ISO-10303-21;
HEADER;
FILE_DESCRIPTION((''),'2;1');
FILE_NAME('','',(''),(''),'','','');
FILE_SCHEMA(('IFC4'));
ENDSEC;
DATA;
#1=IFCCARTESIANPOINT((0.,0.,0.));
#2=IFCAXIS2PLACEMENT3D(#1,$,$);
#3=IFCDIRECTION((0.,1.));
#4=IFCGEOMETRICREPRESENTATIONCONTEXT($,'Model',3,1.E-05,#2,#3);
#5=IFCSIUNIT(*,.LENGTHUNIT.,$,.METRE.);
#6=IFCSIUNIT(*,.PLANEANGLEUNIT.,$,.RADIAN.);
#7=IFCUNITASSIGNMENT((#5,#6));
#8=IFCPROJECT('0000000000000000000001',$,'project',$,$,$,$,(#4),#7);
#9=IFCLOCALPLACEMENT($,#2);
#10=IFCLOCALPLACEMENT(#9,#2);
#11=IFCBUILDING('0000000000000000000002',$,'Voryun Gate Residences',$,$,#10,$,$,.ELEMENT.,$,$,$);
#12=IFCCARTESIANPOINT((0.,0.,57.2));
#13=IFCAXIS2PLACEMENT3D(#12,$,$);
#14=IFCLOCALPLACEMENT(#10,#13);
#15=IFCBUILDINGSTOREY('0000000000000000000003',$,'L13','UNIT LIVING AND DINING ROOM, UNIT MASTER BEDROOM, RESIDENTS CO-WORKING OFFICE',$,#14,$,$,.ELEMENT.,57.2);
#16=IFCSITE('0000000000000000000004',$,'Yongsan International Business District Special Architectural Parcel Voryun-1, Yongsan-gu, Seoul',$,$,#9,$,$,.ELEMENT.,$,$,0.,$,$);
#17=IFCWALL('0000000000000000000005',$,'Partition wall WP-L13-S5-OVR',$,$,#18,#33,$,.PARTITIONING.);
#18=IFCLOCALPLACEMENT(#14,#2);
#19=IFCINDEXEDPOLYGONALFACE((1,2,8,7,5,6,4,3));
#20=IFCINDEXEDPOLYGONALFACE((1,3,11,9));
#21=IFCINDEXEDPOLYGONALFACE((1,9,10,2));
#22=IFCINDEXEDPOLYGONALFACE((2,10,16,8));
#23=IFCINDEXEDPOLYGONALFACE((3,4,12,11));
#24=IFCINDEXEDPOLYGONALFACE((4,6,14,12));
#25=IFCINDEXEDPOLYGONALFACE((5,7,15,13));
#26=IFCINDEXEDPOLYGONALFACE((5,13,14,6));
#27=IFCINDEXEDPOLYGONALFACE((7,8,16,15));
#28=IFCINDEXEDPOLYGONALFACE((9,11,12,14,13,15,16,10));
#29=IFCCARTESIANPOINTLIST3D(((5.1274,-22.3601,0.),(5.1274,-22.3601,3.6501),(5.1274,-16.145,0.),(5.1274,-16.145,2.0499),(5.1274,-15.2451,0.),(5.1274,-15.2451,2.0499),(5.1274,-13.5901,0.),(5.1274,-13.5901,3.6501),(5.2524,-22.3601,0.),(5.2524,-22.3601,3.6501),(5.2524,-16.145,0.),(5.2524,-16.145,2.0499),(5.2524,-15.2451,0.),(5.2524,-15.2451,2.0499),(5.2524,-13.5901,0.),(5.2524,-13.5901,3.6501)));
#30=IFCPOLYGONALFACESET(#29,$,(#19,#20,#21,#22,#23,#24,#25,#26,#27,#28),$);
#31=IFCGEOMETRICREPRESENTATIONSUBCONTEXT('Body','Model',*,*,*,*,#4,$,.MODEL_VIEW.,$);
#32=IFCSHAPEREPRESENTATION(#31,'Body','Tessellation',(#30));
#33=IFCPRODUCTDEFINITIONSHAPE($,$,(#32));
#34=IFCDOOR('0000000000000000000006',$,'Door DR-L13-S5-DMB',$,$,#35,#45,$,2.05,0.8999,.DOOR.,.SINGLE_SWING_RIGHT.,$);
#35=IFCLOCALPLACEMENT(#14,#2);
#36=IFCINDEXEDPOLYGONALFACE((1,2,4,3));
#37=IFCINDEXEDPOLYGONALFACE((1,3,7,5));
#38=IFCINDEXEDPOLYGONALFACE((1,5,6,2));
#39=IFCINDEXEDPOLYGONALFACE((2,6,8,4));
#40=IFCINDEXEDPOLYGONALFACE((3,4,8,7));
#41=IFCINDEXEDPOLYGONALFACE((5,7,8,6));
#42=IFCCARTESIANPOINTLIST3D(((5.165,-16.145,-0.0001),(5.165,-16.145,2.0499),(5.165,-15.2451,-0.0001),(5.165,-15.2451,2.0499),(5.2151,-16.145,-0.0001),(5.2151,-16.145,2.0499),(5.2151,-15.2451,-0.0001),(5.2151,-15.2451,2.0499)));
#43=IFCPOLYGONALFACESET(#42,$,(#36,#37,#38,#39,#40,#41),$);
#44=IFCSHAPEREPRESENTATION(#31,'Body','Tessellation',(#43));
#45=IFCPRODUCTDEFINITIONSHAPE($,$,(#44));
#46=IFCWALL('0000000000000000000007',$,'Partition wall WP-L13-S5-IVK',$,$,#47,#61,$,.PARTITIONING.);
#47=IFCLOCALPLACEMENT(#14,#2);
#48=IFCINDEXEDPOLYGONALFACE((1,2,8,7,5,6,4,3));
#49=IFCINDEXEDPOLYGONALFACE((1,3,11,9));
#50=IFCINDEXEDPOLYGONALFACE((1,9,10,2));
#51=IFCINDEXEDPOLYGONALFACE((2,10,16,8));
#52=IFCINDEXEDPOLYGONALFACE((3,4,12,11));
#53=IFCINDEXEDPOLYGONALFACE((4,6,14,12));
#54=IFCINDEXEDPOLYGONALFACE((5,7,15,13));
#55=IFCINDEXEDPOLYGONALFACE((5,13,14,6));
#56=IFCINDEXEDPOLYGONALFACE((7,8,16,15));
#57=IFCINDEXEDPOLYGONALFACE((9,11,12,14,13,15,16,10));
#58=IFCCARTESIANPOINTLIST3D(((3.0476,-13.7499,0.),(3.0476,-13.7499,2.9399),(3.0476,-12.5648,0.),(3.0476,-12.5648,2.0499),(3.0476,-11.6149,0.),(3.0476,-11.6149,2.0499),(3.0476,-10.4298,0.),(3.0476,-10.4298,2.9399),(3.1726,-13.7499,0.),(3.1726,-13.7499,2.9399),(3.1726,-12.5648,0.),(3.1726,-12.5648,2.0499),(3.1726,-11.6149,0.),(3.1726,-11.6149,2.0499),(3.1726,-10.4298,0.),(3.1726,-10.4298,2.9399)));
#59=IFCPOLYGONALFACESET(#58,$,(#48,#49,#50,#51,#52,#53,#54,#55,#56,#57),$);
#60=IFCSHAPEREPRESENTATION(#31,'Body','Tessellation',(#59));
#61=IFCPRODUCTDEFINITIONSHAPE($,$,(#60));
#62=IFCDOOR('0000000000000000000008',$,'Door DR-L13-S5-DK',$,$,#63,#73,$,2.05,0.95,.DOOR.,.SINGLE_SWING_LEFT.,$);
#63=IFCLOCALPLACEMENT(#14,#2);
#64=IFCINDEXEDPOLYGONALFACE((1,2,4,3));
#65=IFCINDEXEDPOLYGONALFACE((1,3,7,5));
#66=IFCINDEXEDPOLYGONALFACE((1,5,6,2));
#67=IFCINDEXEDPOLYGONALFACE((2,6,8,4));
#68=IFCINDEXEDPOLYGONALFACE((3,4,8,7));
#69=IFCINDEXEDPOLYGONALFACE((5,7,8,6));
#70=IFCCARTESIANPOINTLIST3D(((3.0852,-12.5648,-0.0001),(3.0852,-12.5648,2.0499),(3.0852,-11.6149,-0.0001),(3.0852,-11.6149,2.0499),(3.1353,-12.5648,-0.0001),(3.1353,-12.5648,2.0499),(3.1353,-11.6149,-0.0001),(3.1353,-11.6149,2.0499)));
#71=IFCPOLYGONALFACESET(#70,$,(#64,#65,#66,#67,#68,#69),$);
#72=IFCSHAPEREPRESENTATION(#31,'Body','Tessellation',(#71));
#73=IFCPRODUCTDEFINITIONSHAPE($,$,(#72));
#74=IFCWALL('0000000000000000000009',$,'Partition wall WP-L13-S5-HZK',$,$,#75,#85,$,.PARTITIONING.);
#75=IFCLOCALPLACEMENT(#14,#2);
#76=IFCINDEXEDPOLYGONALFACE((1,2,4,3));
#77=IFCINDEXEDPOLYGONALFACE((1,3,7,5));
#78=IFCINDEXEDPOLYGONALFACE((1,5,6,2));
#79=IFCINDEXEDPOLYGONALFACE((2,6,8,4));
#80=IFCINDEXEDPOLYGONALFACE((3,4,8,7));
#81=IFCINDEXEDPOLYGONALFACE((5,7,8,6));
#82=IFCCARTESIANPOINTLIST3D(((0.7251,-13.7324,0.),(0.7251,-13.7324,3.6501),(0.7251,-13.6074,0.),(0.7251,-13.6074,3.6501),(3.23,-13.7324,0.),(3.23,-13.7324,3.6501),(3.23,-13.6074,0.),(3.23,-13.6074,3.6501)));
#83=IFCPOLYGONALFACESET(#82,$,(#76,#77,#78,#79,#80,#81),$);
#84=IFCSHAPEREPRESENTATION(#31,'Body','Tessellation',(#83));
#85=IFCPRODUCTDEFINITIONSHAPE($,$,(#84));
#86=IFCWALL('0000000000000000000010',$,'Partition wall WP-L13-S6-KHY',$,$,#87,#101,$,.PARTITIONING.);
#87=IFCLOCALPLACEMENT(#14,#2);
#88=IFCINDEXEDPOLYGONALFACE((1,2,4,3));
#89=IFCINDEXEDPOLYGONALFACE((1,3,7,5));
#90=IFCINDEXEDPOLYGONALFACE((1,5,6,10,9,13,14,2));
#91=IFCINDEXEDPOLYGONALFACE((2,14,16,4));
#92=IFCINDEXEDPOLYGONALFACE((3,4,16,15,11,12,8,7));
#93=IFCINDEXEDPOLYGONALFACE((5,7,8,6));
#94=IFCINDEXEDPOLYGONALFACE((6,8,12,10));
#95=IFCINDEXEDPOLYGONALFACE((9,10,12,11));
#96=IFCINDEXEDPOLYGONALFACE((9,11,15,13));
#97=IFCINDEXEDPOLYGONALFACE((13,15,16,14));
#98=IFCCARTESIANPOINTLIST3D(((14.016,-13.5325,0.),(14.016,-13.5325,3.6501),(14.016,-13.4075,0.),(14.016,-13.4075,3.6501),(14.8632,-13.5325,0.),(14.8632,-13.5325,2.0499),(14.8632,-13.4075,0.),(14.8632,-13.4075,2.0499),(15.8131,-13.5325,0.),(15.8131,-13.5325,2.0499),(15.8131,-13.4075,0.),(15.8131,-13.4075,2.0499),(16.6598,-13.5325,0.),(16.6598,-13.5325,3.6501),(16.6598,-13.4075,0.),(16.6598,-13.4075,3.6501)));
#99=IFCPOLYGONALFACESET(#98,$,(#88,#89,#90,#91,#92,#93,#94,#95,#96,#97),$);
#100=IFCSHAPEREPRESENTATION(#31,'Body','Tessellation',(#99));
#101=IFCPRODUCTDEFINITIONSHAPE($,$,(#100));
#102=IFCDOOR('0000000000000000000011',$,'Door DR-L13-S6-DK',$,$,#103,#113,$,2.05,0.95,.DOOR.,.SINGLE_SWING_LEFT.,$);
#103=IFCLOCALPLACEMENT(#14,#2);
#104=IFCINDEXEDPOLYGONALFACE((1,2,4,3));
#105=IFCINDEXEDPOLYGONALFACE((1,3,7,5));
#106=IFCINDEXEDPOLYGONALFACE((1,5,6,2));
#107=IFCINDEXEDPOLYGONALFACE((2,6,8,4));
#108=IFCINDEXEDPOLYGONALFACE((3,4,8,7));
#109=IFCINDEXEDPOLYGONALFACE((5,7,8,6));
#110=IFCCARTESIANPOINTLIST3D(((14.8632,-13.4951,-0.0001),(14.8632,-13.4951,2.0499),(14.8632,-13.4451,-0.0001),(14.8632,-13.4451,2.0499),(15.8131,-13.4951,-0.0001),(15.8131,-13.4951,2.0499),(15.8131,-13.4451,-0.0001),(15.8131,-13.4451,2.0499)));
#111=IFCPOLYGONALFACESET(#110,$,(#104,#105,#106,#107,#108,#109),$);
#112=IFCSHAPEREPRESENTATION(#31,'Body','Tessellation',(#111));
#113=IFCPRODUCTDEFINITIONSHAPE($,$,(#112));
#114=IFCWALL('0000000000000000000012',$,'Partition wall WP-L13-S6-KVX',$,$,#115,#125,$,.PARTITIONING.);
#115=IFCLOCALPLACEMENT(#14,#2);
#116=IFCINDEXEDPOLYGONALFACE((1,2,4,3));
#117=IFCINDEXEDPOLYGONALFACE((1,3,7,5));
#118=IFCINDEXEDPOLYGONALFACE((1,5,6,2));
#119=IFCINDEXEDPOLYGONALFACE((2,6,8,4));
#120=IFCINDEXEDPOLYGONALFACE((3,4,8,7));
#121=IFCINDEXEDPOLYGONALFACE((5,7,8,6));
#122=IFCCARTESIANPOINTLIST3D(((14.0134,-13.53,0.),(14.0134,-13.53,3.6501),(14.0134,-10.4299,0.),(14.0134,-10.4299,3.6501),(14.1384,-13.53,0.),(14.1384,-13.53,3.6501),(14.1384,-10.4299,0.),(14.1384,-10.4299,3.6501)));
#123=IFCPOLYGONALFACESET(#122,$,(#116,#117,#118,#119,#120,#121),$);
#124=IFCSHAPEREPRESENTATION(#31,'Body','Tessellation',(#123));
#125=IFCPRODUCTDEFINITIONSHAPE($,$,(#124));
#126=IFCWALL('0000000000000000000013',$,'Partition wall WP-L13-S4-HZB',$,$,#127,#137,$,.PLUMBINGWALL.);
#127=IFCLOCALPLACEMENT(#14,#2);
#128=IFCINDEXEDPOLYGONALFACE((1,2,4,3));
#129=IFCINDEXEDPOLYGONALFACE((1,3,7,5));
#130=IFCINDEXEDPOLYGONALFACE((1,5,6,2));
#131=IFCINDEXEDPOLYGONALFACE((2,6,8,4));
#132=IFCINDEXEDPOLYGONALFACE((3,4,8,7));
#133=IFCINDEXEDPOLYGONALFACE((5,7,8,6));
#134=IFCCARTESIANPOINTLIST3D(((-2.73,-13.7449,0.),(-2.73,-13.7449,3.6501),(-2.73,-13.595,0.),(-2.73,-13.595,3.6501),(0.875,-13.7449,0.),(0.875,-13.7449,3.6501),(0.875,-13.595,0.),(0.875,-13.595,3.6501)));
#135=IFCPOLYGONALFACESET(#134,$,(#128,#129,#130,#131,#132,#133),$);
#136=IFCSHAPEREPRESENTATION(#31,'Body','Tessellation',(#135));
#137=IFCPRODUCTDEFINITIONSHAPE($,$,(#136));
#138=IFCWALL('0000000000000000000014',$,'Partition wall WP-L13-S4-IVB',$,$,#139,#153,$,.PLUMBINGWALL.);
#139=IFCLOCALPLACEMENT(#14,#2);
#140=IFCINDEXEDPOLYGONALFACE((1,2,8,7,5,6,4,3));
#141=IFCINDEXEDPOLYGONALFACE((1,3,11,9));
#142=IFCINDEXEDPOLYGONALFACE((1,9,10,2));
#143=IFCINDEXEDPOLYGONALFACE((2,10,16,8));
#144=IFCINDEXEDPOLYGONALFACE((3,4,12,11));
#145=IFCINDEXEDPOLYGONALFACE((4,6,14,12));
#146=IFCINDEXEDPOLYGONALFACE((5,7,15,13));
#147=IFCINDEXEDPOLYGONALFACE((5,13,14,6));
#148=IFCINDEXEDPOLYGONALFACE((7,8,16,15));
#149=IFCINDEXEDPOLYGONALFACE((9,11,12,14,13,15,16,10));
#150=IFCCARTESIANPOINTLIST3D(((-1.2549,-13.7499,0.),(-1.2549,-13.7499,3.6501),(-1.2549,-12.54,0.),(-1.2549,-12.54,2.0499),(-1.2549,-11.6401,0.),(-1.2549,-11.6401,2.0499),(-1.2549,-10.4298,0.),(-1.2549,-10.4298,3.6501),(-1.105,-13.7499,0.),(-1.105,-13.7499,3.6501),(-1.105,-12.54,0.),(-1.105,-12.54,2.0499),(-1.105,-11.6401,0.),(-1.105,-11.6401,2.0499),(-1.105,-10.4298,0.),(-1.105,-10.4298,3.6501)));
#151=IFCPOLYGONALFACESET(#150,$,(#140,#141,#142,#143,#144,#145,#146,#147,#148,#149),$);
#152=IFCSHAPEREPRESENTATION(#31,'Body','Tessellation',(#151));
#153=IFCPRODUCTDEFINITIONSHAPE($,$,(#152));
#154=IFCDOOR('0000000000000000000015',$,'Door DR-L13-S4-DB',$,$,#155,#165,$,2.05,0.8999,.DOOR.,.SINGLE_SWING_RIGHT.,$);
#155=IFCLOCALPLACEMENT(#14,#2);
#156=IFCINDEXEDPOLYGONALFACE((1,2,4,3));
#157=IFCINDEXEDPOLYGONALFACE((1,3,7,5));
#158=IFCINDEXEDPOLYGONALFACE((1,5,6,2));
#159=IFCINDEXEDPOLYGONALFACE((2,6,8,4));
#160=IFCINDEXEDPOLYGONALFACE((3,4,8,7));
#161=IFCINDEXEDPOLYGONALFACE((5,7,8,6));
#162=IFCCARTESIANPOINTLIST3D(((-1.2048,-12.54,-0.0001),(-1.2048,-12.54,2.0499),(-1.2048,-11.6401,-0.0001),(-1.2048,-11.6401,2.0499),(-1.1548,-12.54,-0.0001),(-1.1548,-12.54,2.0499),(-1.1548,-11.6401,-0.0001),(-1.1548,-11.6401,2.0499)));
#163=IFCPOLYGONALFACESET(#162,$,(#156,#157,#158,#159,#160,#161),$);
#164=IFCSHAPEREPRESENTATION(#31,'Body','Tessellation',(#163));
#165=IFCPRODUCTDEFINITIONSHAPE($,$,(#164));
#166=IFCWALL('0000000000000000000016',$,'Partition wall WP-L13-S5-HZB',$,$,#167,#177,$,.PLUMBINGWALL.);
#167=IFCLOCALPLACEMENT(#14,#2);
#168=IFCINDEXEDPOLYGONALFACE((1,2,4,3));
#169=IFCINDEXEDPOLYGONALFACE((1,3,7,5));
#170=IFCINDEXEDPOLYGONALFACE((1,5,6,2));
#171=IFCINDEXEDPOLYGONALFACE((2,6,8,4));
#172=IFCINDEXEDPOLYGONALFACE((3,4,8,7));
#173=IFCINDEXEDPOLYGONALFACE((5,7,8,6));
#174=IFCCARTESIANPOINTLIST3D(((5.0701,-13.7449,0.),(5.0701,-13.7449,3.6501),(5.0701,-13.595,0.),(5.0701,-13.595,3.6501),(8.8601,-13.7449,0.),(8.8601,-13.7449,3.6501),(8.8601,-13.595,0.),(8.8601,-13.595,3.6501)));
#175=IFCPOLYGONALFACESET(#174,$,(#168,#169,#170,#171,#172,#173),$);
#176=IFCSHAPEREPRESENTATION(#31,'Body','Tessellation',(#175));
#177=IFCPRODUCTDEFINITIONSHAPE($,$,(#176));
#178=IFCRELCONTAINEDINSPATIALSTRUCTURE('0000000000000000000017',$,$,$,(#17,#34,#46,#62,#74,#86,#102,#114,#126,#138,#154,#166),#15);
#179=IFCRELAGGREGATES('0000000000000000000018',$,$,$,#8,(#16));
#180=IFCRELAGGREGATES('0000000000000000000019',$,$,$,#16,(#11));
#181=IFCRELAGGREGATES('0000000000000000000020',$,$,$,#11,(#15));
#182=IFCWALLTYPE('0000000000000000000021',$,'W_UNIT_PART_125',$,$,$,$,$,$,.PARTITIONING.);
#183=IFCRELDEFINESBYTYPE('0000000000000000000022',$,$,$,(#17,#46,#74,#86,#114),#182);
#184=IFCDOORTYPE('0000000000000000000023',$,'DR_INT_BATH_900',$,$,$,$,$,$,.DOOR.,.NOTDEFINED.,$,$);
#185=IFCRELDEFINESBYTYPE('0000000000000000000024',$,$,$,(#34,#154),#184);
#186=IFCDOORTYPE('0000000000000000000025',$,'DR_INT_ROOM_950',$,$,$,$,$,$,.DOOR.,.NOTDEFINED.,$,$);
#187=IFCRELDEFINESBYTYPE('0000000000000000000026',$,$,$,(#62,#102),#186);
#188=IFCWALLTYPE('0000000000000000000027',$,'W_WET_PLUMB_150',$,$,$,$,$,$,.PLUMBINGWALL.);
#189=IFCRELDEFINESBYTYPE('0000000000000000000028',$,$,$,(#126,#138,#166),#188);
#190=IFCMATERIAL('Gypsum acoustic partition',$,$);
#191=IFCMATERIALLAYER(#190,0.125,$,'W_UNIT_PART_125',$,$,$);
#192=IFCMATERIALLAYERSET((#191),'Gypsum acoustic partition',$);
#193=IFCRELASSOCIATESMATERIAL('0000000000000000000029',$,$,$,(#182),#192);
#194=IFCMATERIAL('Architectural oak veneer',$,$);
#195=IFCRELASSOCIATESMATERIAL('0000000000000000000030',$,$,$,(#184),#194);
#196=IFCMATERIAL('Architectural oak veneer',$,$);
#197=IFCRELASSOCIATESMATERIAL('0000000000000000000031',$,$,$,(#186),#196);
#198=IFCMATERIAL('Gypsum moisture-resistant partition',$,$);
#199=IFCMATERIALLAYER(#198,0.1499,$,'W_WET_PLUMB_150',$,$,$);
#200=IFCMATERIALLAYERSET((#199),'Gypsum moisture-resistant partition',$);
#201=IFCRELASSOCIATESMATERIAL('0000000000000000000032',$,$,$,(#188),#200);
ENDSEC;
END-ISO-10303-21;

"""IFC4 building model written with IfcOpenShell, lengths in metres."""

from ifc_helpers import new_model, si_unit, direction, frame, frame_2d, origin, place, context, subcontext, project, spatial, rectangle, extrude, material, layer, layer_set, type_object, element, fill, save


model = new_model("IFC4")

# Units and contexts
model_context = context("Model", 3, precision=1e-05, world=origin(), true_north=direction((0.0, 1.0)))
body_context = subcontext(model_context, "Body", "Model", "MODEL_VIEW")
ifc_project = project(units=[si_unit("LENGTHUNIT", "METRE"), si_unit("PLANEANGLEUNIT", "RADIAN")], contexts=[model_context])

# Site, building, storey
site_placement = place(None, origin())
site = spatial("IfcSite", under=ifc_project, at=site_placement, Name="Yongsan International Business District Special Architectural Parcel Voryun-1, Yongsan-gu, Seoul", CompositionType="ELEMENT", RefElevation=0.0)
building_placement = place(site_placement, origin())
building = spatial("IfcBuilding", under=site, at=building_placement, Name="Voryun Gate Residences", CompositionType="ELEMENT")
storey_placement = place(building_placement, frame((0.0, 0.0, 57.2)))
storey = spatial("IfcBuildingStorey", under=building, at=storey_placement, Name="L13", Description="UNIT LIVING AND DINING ROOM, UNIT MASTER BEDROOM, RESIDENTS CO-WORKING OFFICE", CompositionType="ELEMENT", Elevation=57.2)

# Walls, openings, doors
ifc_material_1 = material(Name="Gypsum acoustic partition")
ifc_layer_1 = layer(ifc_material_1, 0.125, Name="W_UNIT_PART_125")
ifc_layer_set_1 = layer_set([ifc_layer_1], Name="Gypsum acoustic partition")
wall_type_1 = type_object("IfcWallType", Name="W_UNIT_PART_125", PredefinedType="PARTITIONING", material=ifc_layer_set_1)
ifc_material_2 = material(Name="Architectural oak veneer")
door_type_1 = type_object("IfcDoorType", Name="DR_INT_BATH_900", OperationType="NOTDEFINED", PredefinedType="DOOR", material=ifc_material_2)
wall_1_placement = place(storey_placement, frame((5.1899, -22.3601, 0.0), z_axis=(0.0, 0.0, 1.0), x_axis=(0.0, 1.0, 0.0)))
wall_1 = element("IfcWall", 1, at=wall_1_placement, inside=storey, type_object=wall_type_1, Name="Partition wall WP-L13-S5-OVR", PredefinedType="PARTITIONING", context=body_context, shape_type="SweptSolid", body=[
    extrude(rectangle(XDim=8.77, YDim=0.125, at=frame_2d((4.385, 0.0))), origin(), (0.0, 0.0, 1.0), 3.6501),
])
opening_1_placement = place(wall_1_placement, frame((6.2151, 0.0, 0.0)))
opening_1 = element("IfcOpeningElement", 2, at=opening_1_placement, cuts=wall_1, PredefinedType="OPENING", context=body_context, shape_type="SweptSolid", body=[
    extrude(rectangle(XDim=0.8999, YDim=2.05, at=frame_2d((0.45, 1.0249))), frame((0.0, 0.0725, 0.0), z_axis=(0.0, -1.0, 0.0), x_axis=(1.0, 0.0, 0.0)), (0.0, 0.0, 1.0), 0.145),
])
door_1_placement = place(opening_1_placement, origin())
door_1 = element("IfcDoor", 3, at=door_1_placement, inside=storey, type_object=door_type_1, Name="Door DR-L13-S5-DMB", OperationType="SINGLE_SWING_RIGHT", OverallHeight=2.05, OverallWidth=0.8999, PredefinedType="DOOR", context=body_context, shape_type="SweptSolid", body=[
    extrude(rectangle(XDim=0.8999, YDim=2.05, at=frame_2d((0.45, 1.0249))), frame((0.0, 0.0249, 0.0), z_axis=(0.0, -1.0, 0.0), x_axis=(1.0, 0.0, 0.0)), (0.0, 0.0, 1.0), 0.05),
])
fill(opening_1, door_1)
wall_2_placement = place(storey_placement, frame((3.1101, -13.75, 0.0), z_axis=(0.0, 0.0, 1.0), x_axis=(0.0, 1.0, 0.0)))
wall_2 = element("IfcWall", 4, at=wall_2_placement, inside=storey, type_object=wall_type_1, Name="Partition wall WP-L13-S5-IVK", PredefinedType="PARTITIONING", context=body_context, shape_type="SweptSolid", body=[
    extrude(rectangle(XDim=3.3201, YDim=0.125, at=frame_2d((1.6602, 0.0))), origin(), (0.0, 0.0, 1.0), 2.9399),
])
opening_2_placement = place(wall_2_placement, frame((1.1851, 0.0, 0.0)))
opening_2 = element("IfcOpeningElement", 5, at=opening_2_placement, cuts=wall_2, PredefinedType="OPENING", context=body_context, shape_type="SweptSolid", body=[
    extrude(rectangle(XDim=0.95, YDim=2.05, at=frame_2d((0.4751, 1.0249))), frame((0.0, 0.0725, 0.0), z_axis=(0.0, -1.0, 0.0), x_axis=(1.0, 0.0, 0.0)), (0.0, 0.0, 1.0), 0.145),
])
ifc_material_3 = material(Name="Architectural oak veneer")
door_type_2 = type_object("IfcDoorType", Name="DR_INT_ROOM_950", OperationType="NOTDEFINED", PredefinedType="DOOR", material=ifc_material_3)
door_2_placement = place(opening_2_placement, origin())
door_2 = element("IfcDoor", 6, at=door_2_placement, inside=storey, type_object=door_type_2, Name="Door DR-L13-S5-DK", OperationType="SINGLE_SWING_LEFT", OverallHeight=2.05, OverallWidth=0.95, PredefinedType="DOOR", context=body_context, shape_type="SweptSolid", body=[
    extrude(rectangle(XDim=0.95, YDim=2.05, at=frame_2d((0.4751, 1.0249))), frame((0.0, 0.0249, 0.0), z_axis=(0.0, -1.0, 0.0), x_axis=(1.0, 0.0, 0.0)), (0.0, 0.0, 1.0), 0.05),
])
fill(opening_2, door_2)

# Wall
wall_3_placement = place(storey_placement, frame((0.7251, -13.6699, 0.0), z_axis=(0.0, 0.0, 1.0), x_axis=(1.0, 0.0, 0.0)))
element("IfcWall", 7, at=wall_3_placement, inside=storey, type_object=wall_type_1, Name="Partition wall WP-L13-S5-HZK", PredefinedType="PARTITIONING", context=body_context, shape_type="SweptSolid", body=[
    extrude(rectangle(XDim=2.5049, YDim=0.125, at=frame_2d((1.2524, 0.0))), origin(), (0.0, 0.0, 1.0), 3.6501),
])

# Wall, opening, door
wall_4_placement = place(storey_placement, frame((14.0161, -13.47, 0.0), z_axis=(0.0, 0.0, 1.0), x_axis=(1.0, 0.0, 0.0)))
wall_4 = element("IfcWall", 8, at=wall_4_placement, inside=storey, type_object=wall_type_1, Name="Partition wall WP-L13-S6-KHY", PredefinedType="PARTITIONING", context=body_context, shape_type="SweptSolid", body=[
    extrude(rectangle(XDim=2.6438, YDim=0.125, at=frame_2d((1.3218, 0.0))), origin(), (0.0, 0.0, 1.0), 3.6501),
])
opening_3_placement = place(wall_4_placement, frame((0.8469, 0.0, 0.0)))
opening_3 = element("IfcOpeningElement", 9, at=opening_3_placement, cuts=wall_4, PredefinedType="OPENING", context=body_context, shape_type="SweptSolid", body=[
    extrude(rectangle(XDim=0.95, YDim=2.05, at=frame_2d((0.4751, 1.0249))), frame((0.0, 0.0725, 0.0), z_axis=(0.0, -1.0, 0.0), x_axis=(1.0, 0.0, 0.0)), (0.0, 0.0, 1.0), 0.145),
])
door_3_placement = place(opening_3_placement, origin())
door_3 = element("IfcDoor", 10, at=door_3_placement, inside=storey, type_object=door_type_2, Name="Door DR-L13-S6-DK", OperationType="SINGLE_SWING_LEFT", OverallHeight=2.05, OverallWidth=0.95, PredefinedType="DOOR", context=body_context, shape_type="SweptSolid", body=[
    extrude(rectangle(XDim=0.95, YDim=2.05, at=frame_2d((0.4751, 1.0249))), frame((0.0, 0.0249, 0.0), z_axis=(0.0, -1.0, 0.0), x_axis=(1.0, 0.0, 0.0)), (0.0, 0.0, 1.0), 0.05),
])
fill(opening_3, door_3)

# Walls
wall_5_placement = place(storey_placement, frame((14.0759, -13.53, 0.0), z_axis=(0.0, 0.0, 1.0), x_axis=(0.0, 1.0, 0.0)))
element("IfcWall", 11, at=wall_5_placement, inside=storey, type_object=wall_type_1, Name="Partition wall WP-L13-S6-KVX", PredefinedType="PARTITIONING", context=body_context, shape_type="SweptSolid", body=[
    extrude(rectangle(XDim=3.1001, YDim=0.125, at=frame_2d((1.55, 0.0))), origin(), (0.0, 0.0, 1.0), 3.6501),
])
ifc_material_4 = material(Name="Gypsum moisture-resistant partition")
ifc_layer_2 = layer(ifc_material_4, 0.1499, Name="W_WET_PLUMB_150")
ifc_layer_set_2 = layer_set([ifc_layer_2], Name="Gypsum moisture-resistant partition")
wall_type_2 = type_object("IfcWallType", Name="W_WET_PLUMB_150", PredefinedType="PLUMBINGWALL", material=ifc_layer_set_2)
wall_6_placement = place(storey_placement, frame((-2.73, -13.6699, 0.0), z_axis=(0.0, 0.0, 1.0), x_axis=(1.0, 0.0, 0.0)))
element("IfcWall", 12, at=wall_6_placement, inside=storey, type_object=wall_type_2, Name="Partition wall WP-L13-S4-HZB", PredefinedType="PLUMBINGWALL", context=body_context, shape_type="SweptSolid", body=[
    extrude(rectangle(XDim=3.605, YDim=0.1499, at=frame_2d((1.8025, 0.0))), origin(), (0.0, 0.0, 1.0), 3.6501),
])

# Wall, opening, door
wall_7_placement = place(storey_placement, frame((-1.1799, -13.75, 0.0), z_axis=(0.0, 0.0, 1.0), x_axis=(0.0, 1.0, 0.0)))
wall_7 = element("IfcWall", 13, at=wall_7_placement, inside=storey, type_object=wall_type_2, Name="Partition wall WP-L13-S4-IVB", PredefinedType="PLUMBINGWALL", context=body_context, shape_type="SweptSolid", body=[
    extrude(rectangle(XDim=3.3201, YDim=0.1499, at=frame_2d((1.6602, 0.0))), origin(), (0.0, 0.0, 1.0), 3.6501),
])
opening_4_placement = place(wall_7_placement, frame((1.21, 0.0, 0.0)))
opening_4 = element("IfcOpeningElement", 14, at=opening_4_placement, cuts=wall_7, PredefinedType="OPENING", context=body_context, shape_type="SweptSolid", body=[
    extrude(rectangle(XDim=0.8999, YDim=2.05, at=frame_2d((0.45, 1.0249))), frame((0.0, 0.085, 0.0), z_axis=(0.0, -1.0, 0.0), x_axis=(1.0, 0.0, 0.0)), (0.0, 0.0, 1.0), 0.1699),
])
door_4_placement = place(opening_4_placement, origin())
door_4 = element("IfcDoor", 15, at=door_4_placement, inside=storey, type_object=door_type_1, Name="Door DR-L13-S4-DB", OperationType="SINGLE_SWING_RIGHT", OverallHeight=2.05, OverallWidth=0.8999, PredefinedType="DOOR", context=body_context, shape_type="SweptSolid", body=[
    extrude(rectangle(XDim=0.8999, YDim=2.05, at=frame_2d((0.45, 1.0249))), frame((0.0, 0.0249, 0.0), z_axis=(0.0, -1.0, 0.0), x_axis=(1.0, 0.0, 0.0)), (0.0, 0.0, 1.0), 0.05),
])
fill(opening_4, door_4)

# Wall
wall_8_placement = place(storey_placement, frame((5.0701, -13.6699, 0.0), z_axis=(0.0, 0.0, 1.0), x_axis=(1.0, 0.0, 0.0)))
element("IfcWall", 16, at=wall_8_placement, inside=storey, type_object=wall_type_2, Name="Partition wall WP-L13-S5-HZB", PredefinedType="PLUMBINGWALL", context=body_context, shape_type="SweptSolid", body=[
    extrude(rectangle(XDim=3.79, YDim=0.1499, at=frame_2d((1.895, 0.0))), origin(), (0.0, 0.0, 1.0), 3.6501),
])

save(model, "model.ifc")
